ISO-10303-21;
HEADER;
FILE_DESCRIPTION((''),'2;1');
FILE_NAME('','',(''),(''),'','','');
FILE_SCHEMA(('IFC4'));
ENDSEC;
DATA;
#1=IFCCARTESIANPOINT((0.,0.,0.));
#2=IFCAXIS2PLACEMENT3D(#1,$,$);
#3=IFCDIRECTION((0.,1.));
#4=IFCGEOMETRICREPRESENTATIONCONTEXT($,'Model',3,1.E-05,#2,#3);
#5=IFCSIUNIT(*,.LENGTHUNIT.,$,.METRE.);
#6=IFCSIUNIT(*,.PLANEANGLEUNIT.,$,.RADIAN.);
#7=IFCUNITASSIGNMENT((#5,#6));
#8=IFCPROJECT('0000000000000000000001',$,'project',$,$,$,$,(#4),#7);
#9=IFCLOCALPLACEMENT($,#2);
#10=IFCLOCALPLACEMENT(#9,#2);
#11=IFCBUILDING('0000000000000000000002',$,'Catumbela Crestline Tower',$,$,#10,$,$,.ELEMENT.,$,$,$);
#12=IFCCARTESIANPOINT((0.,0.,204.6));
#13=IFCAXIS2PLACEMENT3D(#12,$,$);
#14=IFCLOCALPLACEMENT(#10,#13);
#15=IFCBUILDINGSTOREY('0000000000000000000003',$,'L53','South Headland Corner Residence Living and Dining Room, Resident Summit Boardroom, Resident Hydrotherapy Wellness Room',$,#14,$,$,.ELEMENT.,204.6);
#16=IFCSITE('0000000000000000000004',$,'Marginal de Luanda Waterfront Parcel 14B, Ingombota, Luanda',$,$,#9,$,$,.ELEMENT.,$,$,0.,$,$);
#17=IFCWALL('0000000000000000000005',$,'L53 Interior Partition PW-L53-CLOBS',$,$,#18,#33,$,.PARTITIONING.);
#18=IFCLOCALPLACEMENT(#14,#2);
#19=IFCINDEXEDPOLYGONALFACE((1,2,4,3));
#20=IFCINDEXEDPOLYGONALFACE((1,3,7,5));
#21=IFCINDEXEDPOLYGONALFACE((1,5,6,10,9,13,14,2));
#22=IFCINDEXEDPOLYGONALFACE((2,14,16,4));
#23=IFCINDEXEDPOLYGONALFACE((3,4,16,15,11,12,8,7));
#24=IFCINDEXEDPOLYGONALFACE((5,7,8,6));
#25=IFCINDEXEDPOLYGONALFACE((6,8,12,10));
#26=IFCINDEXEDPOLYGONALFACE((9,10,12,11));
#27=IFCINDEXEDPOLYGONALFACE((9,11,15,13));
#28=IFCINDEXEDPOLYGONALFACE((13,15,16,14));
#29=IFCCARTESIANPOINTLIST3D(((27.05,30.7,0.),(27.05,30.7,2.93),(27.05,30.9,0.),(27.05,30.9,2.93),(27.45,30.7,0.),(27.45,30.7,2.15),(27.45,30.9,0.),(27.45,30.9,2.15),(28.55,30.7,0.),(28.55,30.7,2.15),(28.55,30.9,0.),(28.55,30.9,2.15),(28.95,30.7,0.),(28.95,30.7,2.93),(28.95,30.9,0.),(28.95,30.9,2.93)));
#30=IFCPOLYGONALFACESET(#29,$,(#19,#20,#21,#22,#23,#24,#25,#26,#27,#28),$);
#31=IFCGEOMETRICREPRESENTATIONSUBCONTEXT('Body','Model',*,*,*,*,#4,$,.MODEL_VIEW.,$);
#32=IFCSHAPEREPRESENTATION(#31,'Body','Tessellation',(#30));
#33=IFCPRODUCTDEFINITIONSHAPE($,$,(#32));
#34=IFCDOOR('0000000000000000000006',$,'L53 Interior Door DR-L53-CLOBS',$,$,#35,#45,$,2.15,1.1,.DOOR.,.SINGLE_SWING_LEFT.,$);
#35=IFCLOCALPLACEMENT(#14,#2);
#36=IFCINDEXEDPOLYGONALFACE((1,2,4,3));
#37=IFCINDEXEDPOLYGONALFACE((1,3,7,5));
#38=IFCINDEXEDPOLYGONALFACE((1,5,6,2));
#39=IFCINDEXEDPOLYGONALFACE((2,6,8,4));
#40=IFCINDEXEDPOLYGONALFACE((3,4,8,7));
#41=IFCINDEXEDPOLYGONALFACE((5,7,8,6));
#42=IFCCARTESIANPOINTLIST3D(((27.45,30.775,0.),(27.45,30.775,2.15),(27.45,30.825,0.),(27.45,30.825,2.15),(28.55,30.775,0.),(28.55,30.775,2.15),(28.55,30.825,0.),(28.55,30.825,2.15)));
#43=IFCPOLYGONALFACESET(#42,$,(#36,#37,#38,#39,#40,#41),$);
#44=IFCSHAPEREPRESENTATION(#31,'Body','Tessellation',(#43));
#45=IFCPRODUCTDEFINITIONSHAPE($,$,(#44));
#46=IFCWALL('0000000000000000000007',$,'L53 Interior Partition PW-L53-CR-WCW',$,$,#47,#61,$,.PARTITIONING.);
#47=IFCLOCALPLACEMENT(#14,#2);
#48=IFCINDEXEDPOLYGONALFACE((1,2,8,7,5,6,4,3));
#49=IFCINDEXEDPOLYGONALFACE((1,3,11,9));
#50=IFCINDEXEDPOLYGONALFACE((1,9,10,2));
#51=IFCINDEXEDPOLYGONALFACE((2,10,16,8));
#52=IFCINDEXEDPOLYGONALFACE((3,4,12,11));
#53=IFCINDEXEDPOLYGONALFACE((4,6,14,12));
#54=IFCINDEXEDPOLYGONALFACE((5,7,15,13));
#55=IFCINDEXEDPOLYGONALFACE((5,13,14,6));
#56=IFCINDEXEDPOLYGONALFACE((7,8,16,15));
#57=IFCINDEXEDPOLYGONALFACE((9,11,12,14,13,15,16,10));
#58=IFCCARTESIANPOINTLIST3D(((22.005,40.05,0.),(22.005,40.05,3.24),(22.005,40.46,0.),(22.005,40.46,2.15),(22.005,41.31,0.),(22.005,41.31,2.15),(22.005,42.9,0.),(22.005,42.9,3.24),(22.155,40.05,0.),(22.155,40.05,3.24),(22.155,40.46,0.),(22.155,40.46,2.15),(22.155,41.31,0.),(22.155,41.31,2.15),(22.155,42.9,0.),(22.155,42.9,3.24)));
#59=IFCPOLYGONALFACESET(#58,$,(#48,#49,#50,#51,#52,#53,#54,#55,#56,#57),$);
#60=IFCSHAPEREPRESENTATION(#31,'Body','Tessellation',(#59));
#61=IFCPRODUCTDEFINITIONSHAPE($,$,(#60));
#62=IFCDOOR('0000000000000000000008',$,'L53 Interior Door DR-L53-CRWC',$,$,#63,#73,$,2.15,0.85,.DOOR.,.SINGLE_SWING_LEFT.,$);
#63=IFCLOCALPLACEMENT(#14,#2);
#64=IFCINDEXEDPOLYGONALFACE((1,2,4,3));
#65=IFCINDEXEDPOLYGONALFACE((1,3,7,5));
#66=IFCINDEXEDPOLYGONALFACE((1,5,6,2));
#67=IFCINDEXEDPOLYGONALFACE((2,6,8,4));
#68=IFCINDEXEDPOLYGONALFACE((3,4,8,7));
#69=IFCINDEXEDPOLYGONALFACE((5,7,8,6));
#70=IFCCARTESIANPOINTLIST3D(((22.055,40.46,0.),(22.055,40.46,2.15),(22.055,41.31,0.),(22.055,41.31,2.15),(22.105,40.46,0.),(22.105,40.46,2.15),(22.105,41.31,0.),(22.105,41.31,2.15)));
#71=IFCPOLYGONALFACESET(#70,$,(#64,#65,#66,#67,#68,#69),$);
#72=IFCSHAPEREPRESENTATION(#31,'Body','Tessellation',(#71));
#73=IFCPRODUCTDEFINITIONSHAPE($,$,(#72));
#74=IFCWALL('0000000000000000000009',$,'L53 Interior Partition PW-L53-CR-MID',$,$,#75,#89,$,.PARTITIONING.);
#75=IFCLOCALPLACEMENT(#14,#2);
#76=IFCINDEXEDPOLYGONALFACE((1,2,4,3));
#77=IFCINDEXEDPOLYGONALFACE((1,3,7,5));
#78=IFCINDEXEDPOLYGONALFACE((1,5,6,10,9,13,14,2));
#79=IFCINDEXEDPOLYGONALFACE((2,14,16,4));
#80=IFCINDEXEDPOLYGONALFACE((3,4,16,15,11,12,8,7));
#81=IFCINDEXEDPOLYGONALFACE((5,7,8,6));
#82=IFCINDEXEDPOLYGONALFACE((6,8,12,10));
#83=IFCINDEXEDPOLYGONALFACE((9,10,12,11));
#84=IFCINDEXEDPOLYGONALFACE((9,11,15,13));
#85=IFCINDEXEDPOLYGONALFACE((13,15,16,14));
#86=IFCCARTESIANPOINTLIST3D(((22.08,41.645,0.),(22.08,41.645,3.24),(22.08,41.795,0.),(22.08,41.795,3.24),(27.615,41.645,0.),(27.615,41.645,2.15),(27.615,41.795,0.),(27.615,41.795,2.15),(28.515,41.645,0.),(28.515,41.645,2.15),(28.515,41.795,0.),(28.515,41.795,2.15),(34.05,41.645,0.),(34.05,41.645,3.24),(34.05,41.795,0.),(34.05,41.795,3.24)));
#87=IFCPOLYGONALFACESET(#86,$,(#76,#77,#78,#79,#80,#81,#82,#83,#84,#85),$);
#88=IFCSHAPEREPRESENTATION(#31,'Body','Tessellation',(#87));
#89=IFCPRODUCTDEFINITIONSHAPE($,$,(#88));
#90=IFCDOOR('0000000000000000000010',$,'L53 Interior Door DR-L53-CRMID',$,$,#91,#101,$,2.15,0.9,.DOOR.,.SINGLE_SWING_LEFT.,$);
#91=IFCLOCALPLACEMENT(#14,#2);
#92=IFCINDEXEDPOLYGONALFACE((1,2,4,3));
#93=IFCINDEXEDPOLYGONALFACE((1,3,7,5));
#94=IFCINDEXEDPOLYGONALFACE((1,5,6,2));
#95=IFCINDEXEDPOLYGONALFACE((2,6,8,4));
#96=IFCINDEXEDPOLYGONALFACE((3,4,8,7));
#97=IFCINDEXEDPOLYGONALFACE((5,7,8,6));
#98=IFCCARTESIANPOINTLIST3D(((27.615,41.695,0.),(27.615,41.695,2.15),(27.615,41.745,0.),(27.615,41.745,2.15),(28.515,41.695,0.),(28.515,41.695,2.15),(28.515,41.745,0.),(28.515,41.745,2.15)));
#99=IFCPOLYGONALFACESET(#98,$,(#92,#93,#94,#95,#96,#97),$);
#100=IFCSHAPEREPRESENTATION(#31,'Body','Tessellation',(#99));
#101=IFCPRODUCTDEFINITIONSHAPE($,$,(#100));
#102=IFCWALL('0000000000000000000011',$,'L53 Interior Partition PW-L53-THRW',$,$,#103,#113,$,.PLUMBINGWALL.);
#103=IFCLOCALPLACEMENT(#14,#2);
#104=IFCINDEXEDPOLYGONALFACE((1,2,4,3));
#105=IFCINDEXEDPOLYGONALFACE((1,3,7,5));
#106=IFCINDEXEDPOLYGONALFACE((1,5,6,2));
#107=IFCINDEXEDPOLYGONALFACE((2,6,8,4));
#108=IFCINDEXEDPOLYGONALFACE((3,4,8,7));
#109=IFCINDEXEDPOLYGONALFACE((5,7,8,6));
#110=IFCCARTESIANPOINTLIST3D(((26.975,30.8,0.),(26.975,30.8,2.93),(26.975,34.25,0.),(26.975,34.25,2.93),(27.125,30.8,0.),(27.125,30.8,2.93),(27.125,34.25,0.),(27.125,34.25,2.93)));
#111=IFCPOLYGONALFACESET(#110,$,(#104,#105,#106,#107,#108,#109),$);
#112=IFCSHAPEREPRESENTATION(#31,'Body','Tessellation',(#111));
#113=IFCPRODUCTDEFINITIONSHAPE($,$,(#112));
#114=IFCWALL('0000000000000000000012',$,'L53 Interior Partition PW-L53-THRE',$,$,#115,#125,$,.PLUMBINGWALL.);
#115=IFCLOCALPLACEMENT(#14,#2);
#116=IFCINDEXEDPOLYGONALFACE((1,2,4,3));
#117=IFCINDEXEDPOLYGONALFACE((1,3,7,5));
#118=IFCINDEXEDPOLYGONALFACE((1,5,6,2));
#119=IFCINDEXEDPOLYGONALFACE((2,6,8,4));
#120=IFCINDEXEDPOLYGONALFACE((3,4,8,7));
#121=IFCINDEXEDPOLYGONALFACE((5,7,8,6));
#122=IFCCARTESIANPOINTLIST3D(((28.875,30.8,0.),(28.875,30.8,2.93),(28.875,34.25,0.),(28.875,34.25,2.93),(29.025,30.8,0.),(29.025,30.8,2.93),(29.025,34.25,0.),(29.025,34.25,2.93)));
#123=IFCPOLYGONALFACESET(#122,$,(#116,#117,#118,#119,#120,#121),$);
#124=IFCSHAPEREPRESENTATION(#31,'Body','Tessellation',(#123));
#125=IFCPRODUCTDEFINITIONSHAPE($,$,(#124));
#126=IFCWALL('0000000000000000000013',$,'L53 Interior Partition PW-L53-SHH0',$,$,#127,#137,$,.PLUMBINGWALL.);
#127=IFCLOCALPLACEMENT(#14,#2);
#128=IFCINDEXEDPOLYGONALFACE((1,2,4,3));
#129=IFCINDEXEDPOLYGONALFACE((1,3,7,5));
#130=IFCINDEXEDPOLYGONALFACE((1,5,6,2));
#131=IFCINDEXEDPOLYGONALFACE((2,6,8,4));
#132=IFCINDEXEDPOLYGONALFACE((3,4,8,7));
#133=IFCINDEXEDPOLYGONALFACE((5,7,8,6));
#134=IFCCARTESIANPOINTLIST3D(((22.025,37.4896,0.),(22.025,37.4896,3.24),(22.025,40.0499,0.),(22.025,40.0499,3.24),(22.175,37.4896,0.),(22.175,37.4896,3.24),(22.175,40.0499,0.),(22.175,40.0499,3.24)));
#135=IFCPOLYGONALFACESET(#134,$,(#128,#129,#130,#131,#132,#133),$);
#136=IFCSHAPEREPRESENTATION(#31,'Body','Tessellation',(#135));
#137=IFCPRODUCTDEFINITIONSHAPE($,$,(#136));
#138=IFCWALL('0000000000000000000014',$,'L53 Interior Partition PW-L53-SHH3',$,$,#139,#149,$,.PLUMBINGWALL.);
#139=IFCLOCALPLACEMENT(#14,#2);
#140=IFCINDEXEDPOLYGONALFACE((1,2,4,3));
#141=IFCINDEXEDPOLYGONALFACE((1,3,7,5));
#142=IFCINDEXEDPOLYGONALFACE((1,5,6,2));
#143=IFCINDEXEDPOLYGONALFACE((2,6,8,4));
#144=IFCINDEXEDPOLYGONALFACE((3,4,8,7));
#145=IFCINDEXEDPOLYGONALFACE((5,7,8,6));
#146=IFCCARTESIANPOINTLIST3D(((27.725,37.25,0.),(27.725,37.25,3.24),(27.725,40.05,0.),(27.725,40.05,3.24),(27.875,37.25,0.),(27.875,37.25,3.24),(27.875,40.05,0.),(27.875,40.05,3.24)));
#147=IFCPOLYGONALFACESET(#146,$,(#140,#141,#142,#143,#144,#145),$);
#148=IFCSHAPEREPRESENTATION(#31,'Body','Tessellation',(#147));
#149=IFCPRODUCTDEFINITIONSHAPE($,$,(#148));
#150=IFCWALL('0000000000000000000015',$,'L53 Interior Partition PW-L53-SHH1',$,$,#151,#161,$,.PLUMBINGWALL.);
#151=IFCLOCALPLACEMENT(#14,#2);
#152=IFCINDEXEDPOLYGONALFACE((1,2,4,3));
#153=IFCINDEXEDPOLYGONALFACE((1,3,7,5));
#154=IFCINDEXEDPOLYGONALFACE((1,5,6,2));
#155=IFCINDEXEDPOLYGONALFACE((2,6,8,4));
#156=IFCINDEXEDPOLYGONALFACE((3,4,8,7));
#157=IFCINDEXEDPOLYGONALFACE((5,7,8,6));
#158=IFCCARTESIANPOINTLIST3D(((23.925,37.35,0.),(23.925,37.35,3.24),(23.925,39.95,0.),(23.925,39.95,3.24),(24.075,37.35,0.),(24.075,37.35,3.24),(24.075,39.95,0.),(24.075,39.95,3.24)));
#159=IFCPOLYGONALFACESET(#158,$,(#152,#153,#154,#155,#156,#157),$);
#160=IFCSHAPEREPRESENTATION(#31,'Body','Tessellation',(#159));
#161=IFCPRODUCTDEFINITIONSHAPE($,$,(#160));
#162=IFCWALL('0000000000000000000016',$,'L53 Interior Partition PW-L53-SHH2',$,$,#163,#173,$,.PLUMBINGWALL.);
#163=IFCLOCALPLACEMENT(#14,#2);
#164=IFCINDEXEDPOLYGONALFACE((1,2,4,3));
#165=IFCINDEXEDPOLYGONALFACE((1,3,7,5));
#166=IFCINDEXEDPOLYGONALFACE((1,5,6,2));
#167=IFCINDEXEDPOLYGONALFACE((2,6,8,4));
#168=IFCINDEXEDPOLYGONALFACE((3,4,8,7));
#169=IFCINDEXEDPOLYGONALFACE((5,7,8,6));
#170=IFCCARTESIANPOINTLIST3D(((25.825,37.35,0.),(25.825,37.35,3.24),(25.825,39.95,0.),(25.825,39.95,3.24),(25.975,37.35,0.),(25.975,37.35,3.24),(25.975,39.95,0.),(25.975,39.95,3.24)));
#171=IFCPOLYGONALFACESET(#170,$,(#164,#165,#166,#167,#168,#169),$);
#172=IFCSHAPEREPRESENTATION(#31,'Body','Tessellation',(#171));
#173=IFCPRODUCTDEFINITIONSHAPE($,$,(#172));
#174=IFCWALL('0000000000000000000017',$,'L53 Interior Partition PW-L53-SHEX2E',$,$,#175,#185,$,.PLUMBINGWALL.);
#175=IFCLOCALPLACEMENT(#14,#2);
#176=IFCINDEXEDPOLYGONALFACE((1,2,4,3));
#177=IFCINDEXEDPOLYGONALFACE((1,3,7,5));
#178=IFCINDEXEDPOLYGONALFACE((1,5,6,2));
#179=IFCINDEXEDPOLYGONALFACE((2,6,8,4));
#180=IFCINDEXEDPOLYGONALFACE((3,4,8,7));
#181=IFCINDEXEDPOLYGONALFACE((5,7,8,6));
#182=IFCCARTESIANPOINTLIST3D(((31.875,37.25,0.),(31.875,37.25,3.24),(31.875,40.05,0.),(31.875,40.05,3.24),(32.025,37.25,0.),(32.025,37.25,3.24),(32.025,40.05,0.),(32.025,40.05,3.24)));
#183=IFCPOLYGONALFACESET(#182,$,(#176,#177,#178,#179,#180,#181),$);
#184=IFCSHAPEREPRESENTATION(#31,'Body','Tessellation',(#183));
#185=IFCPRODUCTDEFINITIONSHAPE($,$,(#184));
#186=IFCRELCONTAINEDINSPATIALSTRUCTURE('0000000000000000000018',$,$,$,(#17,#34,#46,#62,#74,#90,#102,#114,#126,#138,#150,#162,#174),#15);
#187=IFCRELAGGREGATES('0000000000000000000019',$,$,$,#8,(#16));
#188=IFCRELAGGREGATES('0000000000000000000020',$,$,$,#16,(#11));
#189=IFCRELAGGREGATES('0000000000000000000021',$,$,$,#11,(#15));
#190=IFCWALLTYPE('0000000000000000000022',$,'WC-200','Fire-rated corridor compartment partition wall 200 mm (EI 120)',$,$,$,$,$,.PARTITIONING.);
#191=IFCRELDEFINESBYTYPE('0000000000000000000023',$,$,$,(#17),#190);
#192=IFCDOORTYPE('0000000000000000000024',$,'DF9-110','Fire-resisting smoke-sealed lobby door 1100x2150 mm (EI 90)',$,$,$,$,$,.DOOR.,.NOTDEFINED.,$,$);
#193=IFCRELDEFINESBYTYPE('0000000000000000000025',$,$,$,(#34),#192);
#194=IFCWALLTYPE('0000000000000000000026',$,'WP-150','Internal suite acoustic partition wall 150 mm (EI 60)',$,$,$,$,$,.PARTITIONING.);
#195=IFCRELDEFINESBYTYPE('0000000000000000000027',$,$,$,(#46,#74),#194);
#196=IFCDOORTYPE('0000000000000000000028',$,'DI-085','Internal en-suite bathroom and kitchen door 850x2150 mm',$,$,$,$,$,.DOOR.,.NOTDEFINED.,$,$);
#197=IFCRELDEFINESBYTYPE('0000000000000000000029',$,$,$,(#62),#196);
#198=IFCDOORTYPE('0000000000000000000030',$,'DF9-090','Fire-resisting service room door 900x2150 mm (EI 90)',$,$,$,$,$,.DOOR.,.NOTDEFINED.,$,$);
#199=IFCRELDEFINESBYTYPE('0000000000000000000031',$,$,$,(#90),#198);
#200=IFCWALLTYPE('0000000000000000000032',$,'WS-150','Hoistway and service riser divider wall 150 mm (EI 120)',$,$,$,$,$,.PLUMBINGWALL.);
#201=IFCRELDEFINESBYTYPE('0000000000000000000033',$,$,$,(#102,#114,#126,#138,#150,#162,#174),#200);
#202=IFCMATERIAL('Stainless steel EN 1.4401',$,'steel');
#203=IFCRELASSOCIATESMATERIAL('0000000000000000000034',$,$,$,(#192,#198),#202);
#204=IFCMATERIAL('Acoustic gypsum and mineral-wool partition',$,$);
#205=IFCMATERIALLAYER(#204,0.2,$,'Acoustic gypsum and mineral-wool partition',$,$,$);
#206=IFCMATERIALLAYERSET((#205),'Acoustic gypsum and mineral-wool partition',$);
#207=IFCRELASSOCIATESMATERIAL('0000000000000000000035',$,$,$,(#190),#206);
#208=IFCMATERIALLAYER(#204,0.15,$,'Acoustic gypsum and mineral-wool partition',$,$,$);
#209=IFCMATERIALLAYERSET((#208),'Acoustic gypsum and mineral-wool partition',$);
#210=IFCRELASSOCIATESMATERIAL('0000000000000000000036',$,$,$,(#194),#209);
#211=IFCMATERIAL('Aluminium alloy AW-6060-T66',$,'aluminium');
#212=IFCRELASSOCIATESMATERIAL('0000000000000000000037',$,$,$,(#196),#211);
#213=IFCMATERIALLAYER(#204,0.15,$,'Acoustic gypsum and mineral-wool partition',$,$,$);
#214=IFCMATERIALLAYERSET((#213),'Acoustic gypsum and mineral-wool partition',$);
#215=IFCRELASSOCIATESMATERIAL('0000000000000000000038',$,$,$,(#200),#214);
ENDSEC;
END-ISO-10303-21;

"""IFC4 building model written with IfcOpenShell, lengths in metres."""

from ifc_helpers import new_model, si_unit, direction, frame, frame_2d, origin, place, context, subcontext, project, spatial, rectangle, extrude, material, layer, layer_set, type_object, element, fill, save


model = new_model("IFC4")

# Units and contexts
model_context = context("Model", 3, precision=1e-05, world=origin(), true_north=direction((0.0, 1.0)))
body_context = subcontext(model_context, "Body", "Model", "MODEL_VIEW")
ifc_project = project(units=[si_unit("LENGTHUNIT", "METRE"), si_unit("PLANEANGLEUNIT", "RADIAN")], contexts=[model_context])

# Site, building, storey
site_placement = place(None, origin())
site = spatial("IfcSite", under=ifc_project, at=site_placement, Name="Marginal de Luanda Waterfront Parcel 14B, Ingombota, Luanda", CompositionType="ELEMENT", RefElevation=0.0)
building_placement = place(site_placement, origin())
building = spatial("IfcBuilding", under=site, at=building_placement, Name="Catumbela Crestline Tower", CompositionType="ELEMENT")
storey_placement = place(building_placement, frame((0.0, 0.0, 204.6)))
storey = spatial("IfcBuildingStorey", under=building, at=storey_placement, Name="L53", Description="South Headland Corner Residence Living and Dining Room, Resident Summit Boardroom, Resident Hydrotherapy Wellness Room", CompositionType="ELEMENT", Elevation=204.6)

# Shared definitions
ifc_material_1 = material(Name="Stainless steel EN 1.4401", Category="steel")

# Walls, openings, doors
door_type_1 = type_object("IfcDoorType", Name="DF9-110", Description="Fire-resisting smoke-sealed lobby door 1100x2150 mm (EI 90)", OperationType="NOTDEFINED", PredefinedType="DOOR", material=ifc_material_1)
ifc_material_2 = material(Name="Acoustic gypsum and mineral-wool partition")
ifc_layer_1 = layer(ifc_material_2, 0.2, Name="Acoustic gypsum and mineral-wool partition")
ifc_layer_set_1 = layer_set([ifc_layer_1], Name="Acoustic gypsum and mineral-wool partition")
wall_type_1 = type_object("IfcWallType", Name="WC-200", Description="Fire-rated corridor compartment partition wall 200 mm (EI 120)", PredefinedType="PARTITIONING", material=ifc_layer_set_1)
wall_1_placement = place(storey_placement, frame((27.05, 30.8, 0.0), z_axis=(0.0, 0.0, 1.0), x_axis=(1.0, 0.0, 0.0)))
wall_1 = element("IfcWall", 1, at=wall_1_placement, inside=storey, type_object=wall_type_1, Name="L53 Interior Partition PW-L53-CLOBS", PredefinedType="PARTITIONING", context=body_context, shape_type="SweptSolid", body=[
    extrude(rectangle(XDim=1.9, YDim=0.2, at=frame_2d((0.95, 0.0))), origin(), (0.0, 0.0, 1.0), 2.93),
])
opening_1_placement = place(wall_1_placement, frame((0.4, 0.0, 0.0)))
opening_1 = element("IfcOpeningElement", 2, at=opening_1_placement, cuts=wall_1, PredefinedType="OPENING", context=body_context, shape_type="SweptSolid", body=[
    extrude(rectangle(XDim=1.1, YDim=2.15, at=frame_2d((0.55, 1.075))), frame((0.0, 0.11, 0.0), z_axis=(0.0, -1.0, 0.0), x_axis=(1.0, 0.0, 0.0)), (0.0, 0.0, 1.0), 0.22),
])
door_1_placement = place(opening_1_placement, origin())
door_1 = element("IfcDoor", 3, at=door_1_placement, inside=storey, type_object=door_type_1, Name="L53 Interior Door DR-L53-CLOBS", OperationType="SINGLE_SWING_LEFT", OverallHeight=2.15, OverallWidth=1.1, PredefinedType="DOOR", context=body_context, shape_type="SweptSolid", body=[
    extrude(rectangle(XDim=1.1, YDim=2.15, at=frame_2d((0.55, 1.075))), frame((0.0, 0.025, 0.0), z_axis=(0.0, -1.0, 0.0), x_axis=(1.0, 0.0, 0.0)), (0.0, 0.0, 1.0), 0.05),
])
fill(opening_1, door_1)
ifc_layer_2 = layer(ifc_material_2, 0.15, Name="Acoustic gypsum and mineral-wool partition")
ifc_layer_set_2 = layer_set([ifc_layer_2], Name="Acoustic gypsum and mineral-wool partition")
wall_type_2 = type_object("IfcWallType", Name="WP-150", Description="Internal suite acoustic partition wall 150 mm (EI 60)", PredefinedType="PARTITIONING", material=ifc_layer_set_2)
wall_2_placement = place(storey_placement, frame((22.08, 40.05, 0.0), z_axis=(0.0, 0.0, 1.0), x_axis=(0.0, 1.0, 0.0)))
wall_2 = element("IfcWall", 4, at=wall_2_placement, inside=storey, type_object=wall_type_2, Name="L53 Interior Partition PW-L53-CR-WCW", PredefinedType="PARTITIONING", context=body_context, shape_type="SweptSolid", body=[
    extrude(rectangle(XDim=2.85, YDim=0.15, at=frame_2d((1.425, 0.0))), origin(), (0.0, 0.0, 1.0), 3.24),
])
opening_2_placement = place(wall_2_placement, frame((0.41, 0.0, 0.0)))
opening_2 = element("IfcOpeningElement", 5, at=opening_2_placement, cuts=wall_2, PredefinedType="OPENING", context=body_context, shape_type="SweptSolid", body=[
    extrude(rectangle(XDim=0.85, YDim=2.15, at=frame_2d((0.425, 1.075))), frame((0.0, 0.085, 0.0), z_axis=(0.0, -1.0, 0.0), x_axis=(1.0, 0.0, 0.0)), (0.0, 0.0, 1.0), 0.17),
])
ifc_material_3 = material(Name="Aluminium alloy AW-6060-T66", Category="aluminium")
door_type_2 = type_object("IfcDoorType", Name="DI-085", Description="Internal en-suite bathroom and kitchen door 850x2150 mm", OperationType="NOTDEFINED", PredefinedType="DOOR", material=ifc_material_3)
door_2_placement = place(opening_2_placement, origin())
door_2 = element("IfcDoor", 6, at=door_2_placement, inside=storey, type_object=door_type_2, Name="L53 Interior Door DR-L53-CRWC", OperationType="SINGLE_SWING_LEFT", OverallHeight=2.15, OverallWidth=0.85, PredefinedType="DOOR", context=body_context, shape_type="SweptSolid", body=[
    extrude(rectangle(XDim=0.85, YDim=2.15, at=frame_2d((0.425, 1.075))), frame((0.0, 0.025, 0.0), z_axis=(0.0, -1.0, 0.0), x_axis=(1.0, 0.0, 0.0)), (0.0, 0.0, 1.0), 0.05),
])
fill(opening_2, door_2)
wall_3_placement = place(storey_placement, frame((22.08, 41.72, 0.0), z_axis=(0.0, 0.0, 1.0), x_axis=(1.0, 0.0, 0.0)))
wall_3 = element("IfcWall", 7, at=wall_3_placement, inside=storey, type_object=wall_type_2, Name="L53 Interior Partition PW-L53-CR-MID", PredefinedType="PARTITIONING", context=body_context, shape_type="SweptSolid", body=[
    extrude(rectangle(XDim=11.97, YDim=0.15, at=frame_2d((5.985, 0.0))), origin(), (0.0, 0.0, 1.0), 3.24),
])
opening_3_placement = place(wall_3_placement, frame((5.535, 0.0, 0.0)))
opening_3 = element("IfcOpeningElement", 8, at=opening_3_placement, cuts=wall_3, PredefinedType="OPENING", context=body_context, shape_type="SweptSolid", body=[
    extrude(rectangle(XDim=0.9, YDim=2.15, at=frame_2d((0.45, 1.075))), frame((0.0, 0.085, 0.0), z_axis=(0.0, -1.0, 0.0), x_axis=(1.0, 0.0, 0.0)), (0.0, 0.0, 1.0), 0.17),
])
door_type_3 = type_object("IfcDoorType", Name="DF9-090", Description="Fire-resisting service room door 900x2150 mm (EI 90)", OperationType="NOTDEFINED", PredefinedType="DOOR", material=ifc_material_1)
door_3_placement = place(opening_3_placement, origin())
door_3 = element("IfcDoor", 9, at=door_3_placement, inside=storey, type_object=door_type_3, Name="L53 Interior Door DR-L53-CRMID", OperationType="SINGLE_SWING_LEFT", OverallHeight=2.15, OverallWidth=0.9, PredefinedType="DOOR", context=body_context, shape_type="SweptSolid", body=[
    extrude(rectangle(XDim=0.9, YDim=2.15, at=frame_2d((0.45, 1.075))), frame((0.0, 0.025, 0.0), z_axis=(0.0, -1.0, 0.0), x_axis=(1.0, 0.0, 0.0)), (0.0, 0.0, 1.0), 0.05),
])
fill(opening_3, door_3)

# Walls
ifc_layer_3 = layer(ifc_material_2, 0.15, Name="Acoustic gypsum and mineral-wool partition")
ifc_layer_set_3 = layer_set([ifc_layer_3], Name="Acoustic gypsum and mineral-wool partition")
wall_type_3 = type_object("IfcWallType", Name="WS-150", Description="Hoistway and service riser divider wall 150 mm (EI 120)", PredefinedType="PLUMBINGWALL", material=ifc_layer_set_3)
for number, where, z_axis, x_axis, name in (
    (10, (27.05, 30.8, 0.0), (0.0, 0.0, 1.0), (0.0, 1.0, 0.0), "L53 Interior Partition PW-L53-THRW"),
    (11, (28.95, 30.8, 0.0), (0.0, 0.0, 1.0), (0.0, 1.0, 0.0), "L53 Interior Partition PW-L53-THRE"),
):
    element("IfcWall", number, at=place(storey_placement, frame(where, z_axis=z_axis, x_axis=x_axis)), inside=storey, type_object=wall_type_3, Name=name, PredefinedType="PLUMBINGWALL", context=body_context, shape_type="SweptSolid", body=[
        extrude(rectangle(XDim=3.45, YDim=0.15, at=frame_2d((1.725, 0.0))), origin(), (0.0, 0.0, 1.0), 2.93),
    ])
wall_4_placement = place(storey_placement, frame((22.1, 37.4897, 0.0), z_axis=(0.0, 0.0, 1.0), x_axis=(0.0, 1.0, 0.0)))
element("IfcWall", 12, at=wall_4_placement, inside=storey, type_object=wall_type_3, Name="L53 Interior Partition PW-L53-SHH0", PredefinedType="PLUMBINGWALL", context=body_context, shape_type="SweptSolid", body=[
    extrude(rectangle(XDim=2.5603, YDim=0.15, at=frame_2d((1.2801, 0.0))), origin(), (0.0, 0.0, 1.0), 3.24),
])
wall_5_placement = place(storey_placement, frame((27.8, 37.25, 0.0), z_axis=(0.0, 0.0, 1.0), x_axis=(0.0, 1.0, 0.0)))
element("IfcWall", 13, at=wall_5_placement, inside=storey, type_object=wall_type_3, Name="L53 Interior Partition PW-L53-SHH3", PredefinedType="PLUMBINGWALL", context=body_context, shape_type="SweptSolid", body=[
    extrude(rectangle(XDim=2.8, YDim=0.15, at=frame_2d((1.4, 0.0))), origin(), (0.0, 0.0, 1.0), 3.24),
])
for number, where, z_axis, x_axis, name in (
    (14, (24.0, 37.35, 0.0), (0.0, 0.0, 1.0), (0.0, 1.0, 0.0), "L53 Interior Partition PW-L53-SHH1"),
    (15, (25.9, 37.35, 0.0), (0.0, 0.0, 1.0), (0.0, 1.0, 0.0), "L53 Interior Partition PW-L53-SHH2"),
):
    element("IfcWall", number, at=place(storey_placement, frame(where, z_axis=z_axis, x_axis=x_axis)), inside=storey, type_object=wall_type_3, Name=name, PredefinedType="PLUMBINGWALL", context=body_context, shape_type="SweptSolid", body=[
        extrude(rectangle(XDim=2.6, YDim=0.15, at=frame_2d((1.3, 0.0))), origin(), (0.0, 0.0, 1.0), 3.24),
    ])
wall_6_placement = place(storey_placement, frame((31.95, 37.25, 0.0), z_axis=(0.0, 0.0, 1.0), x_axis=(0.0, 1.0, 0.0)))
element("IfcWall", 16, at=wall_6_placement, inside=storey, type_object=wall_type_3, Name="L53 Interior Partition PW-L53-SHEX2E", PredefinedType="PLUMBINGWALL", context=body_context, shape_type="SweptSolid", body=[
    extrude(rectangle(XDim=2.8, YDim=0.15, at=frame_2d((1.4, 0.0))), origin(), (0.0, 0.0, 1.0), 3.24),
])

save(model, "model.ifc")
